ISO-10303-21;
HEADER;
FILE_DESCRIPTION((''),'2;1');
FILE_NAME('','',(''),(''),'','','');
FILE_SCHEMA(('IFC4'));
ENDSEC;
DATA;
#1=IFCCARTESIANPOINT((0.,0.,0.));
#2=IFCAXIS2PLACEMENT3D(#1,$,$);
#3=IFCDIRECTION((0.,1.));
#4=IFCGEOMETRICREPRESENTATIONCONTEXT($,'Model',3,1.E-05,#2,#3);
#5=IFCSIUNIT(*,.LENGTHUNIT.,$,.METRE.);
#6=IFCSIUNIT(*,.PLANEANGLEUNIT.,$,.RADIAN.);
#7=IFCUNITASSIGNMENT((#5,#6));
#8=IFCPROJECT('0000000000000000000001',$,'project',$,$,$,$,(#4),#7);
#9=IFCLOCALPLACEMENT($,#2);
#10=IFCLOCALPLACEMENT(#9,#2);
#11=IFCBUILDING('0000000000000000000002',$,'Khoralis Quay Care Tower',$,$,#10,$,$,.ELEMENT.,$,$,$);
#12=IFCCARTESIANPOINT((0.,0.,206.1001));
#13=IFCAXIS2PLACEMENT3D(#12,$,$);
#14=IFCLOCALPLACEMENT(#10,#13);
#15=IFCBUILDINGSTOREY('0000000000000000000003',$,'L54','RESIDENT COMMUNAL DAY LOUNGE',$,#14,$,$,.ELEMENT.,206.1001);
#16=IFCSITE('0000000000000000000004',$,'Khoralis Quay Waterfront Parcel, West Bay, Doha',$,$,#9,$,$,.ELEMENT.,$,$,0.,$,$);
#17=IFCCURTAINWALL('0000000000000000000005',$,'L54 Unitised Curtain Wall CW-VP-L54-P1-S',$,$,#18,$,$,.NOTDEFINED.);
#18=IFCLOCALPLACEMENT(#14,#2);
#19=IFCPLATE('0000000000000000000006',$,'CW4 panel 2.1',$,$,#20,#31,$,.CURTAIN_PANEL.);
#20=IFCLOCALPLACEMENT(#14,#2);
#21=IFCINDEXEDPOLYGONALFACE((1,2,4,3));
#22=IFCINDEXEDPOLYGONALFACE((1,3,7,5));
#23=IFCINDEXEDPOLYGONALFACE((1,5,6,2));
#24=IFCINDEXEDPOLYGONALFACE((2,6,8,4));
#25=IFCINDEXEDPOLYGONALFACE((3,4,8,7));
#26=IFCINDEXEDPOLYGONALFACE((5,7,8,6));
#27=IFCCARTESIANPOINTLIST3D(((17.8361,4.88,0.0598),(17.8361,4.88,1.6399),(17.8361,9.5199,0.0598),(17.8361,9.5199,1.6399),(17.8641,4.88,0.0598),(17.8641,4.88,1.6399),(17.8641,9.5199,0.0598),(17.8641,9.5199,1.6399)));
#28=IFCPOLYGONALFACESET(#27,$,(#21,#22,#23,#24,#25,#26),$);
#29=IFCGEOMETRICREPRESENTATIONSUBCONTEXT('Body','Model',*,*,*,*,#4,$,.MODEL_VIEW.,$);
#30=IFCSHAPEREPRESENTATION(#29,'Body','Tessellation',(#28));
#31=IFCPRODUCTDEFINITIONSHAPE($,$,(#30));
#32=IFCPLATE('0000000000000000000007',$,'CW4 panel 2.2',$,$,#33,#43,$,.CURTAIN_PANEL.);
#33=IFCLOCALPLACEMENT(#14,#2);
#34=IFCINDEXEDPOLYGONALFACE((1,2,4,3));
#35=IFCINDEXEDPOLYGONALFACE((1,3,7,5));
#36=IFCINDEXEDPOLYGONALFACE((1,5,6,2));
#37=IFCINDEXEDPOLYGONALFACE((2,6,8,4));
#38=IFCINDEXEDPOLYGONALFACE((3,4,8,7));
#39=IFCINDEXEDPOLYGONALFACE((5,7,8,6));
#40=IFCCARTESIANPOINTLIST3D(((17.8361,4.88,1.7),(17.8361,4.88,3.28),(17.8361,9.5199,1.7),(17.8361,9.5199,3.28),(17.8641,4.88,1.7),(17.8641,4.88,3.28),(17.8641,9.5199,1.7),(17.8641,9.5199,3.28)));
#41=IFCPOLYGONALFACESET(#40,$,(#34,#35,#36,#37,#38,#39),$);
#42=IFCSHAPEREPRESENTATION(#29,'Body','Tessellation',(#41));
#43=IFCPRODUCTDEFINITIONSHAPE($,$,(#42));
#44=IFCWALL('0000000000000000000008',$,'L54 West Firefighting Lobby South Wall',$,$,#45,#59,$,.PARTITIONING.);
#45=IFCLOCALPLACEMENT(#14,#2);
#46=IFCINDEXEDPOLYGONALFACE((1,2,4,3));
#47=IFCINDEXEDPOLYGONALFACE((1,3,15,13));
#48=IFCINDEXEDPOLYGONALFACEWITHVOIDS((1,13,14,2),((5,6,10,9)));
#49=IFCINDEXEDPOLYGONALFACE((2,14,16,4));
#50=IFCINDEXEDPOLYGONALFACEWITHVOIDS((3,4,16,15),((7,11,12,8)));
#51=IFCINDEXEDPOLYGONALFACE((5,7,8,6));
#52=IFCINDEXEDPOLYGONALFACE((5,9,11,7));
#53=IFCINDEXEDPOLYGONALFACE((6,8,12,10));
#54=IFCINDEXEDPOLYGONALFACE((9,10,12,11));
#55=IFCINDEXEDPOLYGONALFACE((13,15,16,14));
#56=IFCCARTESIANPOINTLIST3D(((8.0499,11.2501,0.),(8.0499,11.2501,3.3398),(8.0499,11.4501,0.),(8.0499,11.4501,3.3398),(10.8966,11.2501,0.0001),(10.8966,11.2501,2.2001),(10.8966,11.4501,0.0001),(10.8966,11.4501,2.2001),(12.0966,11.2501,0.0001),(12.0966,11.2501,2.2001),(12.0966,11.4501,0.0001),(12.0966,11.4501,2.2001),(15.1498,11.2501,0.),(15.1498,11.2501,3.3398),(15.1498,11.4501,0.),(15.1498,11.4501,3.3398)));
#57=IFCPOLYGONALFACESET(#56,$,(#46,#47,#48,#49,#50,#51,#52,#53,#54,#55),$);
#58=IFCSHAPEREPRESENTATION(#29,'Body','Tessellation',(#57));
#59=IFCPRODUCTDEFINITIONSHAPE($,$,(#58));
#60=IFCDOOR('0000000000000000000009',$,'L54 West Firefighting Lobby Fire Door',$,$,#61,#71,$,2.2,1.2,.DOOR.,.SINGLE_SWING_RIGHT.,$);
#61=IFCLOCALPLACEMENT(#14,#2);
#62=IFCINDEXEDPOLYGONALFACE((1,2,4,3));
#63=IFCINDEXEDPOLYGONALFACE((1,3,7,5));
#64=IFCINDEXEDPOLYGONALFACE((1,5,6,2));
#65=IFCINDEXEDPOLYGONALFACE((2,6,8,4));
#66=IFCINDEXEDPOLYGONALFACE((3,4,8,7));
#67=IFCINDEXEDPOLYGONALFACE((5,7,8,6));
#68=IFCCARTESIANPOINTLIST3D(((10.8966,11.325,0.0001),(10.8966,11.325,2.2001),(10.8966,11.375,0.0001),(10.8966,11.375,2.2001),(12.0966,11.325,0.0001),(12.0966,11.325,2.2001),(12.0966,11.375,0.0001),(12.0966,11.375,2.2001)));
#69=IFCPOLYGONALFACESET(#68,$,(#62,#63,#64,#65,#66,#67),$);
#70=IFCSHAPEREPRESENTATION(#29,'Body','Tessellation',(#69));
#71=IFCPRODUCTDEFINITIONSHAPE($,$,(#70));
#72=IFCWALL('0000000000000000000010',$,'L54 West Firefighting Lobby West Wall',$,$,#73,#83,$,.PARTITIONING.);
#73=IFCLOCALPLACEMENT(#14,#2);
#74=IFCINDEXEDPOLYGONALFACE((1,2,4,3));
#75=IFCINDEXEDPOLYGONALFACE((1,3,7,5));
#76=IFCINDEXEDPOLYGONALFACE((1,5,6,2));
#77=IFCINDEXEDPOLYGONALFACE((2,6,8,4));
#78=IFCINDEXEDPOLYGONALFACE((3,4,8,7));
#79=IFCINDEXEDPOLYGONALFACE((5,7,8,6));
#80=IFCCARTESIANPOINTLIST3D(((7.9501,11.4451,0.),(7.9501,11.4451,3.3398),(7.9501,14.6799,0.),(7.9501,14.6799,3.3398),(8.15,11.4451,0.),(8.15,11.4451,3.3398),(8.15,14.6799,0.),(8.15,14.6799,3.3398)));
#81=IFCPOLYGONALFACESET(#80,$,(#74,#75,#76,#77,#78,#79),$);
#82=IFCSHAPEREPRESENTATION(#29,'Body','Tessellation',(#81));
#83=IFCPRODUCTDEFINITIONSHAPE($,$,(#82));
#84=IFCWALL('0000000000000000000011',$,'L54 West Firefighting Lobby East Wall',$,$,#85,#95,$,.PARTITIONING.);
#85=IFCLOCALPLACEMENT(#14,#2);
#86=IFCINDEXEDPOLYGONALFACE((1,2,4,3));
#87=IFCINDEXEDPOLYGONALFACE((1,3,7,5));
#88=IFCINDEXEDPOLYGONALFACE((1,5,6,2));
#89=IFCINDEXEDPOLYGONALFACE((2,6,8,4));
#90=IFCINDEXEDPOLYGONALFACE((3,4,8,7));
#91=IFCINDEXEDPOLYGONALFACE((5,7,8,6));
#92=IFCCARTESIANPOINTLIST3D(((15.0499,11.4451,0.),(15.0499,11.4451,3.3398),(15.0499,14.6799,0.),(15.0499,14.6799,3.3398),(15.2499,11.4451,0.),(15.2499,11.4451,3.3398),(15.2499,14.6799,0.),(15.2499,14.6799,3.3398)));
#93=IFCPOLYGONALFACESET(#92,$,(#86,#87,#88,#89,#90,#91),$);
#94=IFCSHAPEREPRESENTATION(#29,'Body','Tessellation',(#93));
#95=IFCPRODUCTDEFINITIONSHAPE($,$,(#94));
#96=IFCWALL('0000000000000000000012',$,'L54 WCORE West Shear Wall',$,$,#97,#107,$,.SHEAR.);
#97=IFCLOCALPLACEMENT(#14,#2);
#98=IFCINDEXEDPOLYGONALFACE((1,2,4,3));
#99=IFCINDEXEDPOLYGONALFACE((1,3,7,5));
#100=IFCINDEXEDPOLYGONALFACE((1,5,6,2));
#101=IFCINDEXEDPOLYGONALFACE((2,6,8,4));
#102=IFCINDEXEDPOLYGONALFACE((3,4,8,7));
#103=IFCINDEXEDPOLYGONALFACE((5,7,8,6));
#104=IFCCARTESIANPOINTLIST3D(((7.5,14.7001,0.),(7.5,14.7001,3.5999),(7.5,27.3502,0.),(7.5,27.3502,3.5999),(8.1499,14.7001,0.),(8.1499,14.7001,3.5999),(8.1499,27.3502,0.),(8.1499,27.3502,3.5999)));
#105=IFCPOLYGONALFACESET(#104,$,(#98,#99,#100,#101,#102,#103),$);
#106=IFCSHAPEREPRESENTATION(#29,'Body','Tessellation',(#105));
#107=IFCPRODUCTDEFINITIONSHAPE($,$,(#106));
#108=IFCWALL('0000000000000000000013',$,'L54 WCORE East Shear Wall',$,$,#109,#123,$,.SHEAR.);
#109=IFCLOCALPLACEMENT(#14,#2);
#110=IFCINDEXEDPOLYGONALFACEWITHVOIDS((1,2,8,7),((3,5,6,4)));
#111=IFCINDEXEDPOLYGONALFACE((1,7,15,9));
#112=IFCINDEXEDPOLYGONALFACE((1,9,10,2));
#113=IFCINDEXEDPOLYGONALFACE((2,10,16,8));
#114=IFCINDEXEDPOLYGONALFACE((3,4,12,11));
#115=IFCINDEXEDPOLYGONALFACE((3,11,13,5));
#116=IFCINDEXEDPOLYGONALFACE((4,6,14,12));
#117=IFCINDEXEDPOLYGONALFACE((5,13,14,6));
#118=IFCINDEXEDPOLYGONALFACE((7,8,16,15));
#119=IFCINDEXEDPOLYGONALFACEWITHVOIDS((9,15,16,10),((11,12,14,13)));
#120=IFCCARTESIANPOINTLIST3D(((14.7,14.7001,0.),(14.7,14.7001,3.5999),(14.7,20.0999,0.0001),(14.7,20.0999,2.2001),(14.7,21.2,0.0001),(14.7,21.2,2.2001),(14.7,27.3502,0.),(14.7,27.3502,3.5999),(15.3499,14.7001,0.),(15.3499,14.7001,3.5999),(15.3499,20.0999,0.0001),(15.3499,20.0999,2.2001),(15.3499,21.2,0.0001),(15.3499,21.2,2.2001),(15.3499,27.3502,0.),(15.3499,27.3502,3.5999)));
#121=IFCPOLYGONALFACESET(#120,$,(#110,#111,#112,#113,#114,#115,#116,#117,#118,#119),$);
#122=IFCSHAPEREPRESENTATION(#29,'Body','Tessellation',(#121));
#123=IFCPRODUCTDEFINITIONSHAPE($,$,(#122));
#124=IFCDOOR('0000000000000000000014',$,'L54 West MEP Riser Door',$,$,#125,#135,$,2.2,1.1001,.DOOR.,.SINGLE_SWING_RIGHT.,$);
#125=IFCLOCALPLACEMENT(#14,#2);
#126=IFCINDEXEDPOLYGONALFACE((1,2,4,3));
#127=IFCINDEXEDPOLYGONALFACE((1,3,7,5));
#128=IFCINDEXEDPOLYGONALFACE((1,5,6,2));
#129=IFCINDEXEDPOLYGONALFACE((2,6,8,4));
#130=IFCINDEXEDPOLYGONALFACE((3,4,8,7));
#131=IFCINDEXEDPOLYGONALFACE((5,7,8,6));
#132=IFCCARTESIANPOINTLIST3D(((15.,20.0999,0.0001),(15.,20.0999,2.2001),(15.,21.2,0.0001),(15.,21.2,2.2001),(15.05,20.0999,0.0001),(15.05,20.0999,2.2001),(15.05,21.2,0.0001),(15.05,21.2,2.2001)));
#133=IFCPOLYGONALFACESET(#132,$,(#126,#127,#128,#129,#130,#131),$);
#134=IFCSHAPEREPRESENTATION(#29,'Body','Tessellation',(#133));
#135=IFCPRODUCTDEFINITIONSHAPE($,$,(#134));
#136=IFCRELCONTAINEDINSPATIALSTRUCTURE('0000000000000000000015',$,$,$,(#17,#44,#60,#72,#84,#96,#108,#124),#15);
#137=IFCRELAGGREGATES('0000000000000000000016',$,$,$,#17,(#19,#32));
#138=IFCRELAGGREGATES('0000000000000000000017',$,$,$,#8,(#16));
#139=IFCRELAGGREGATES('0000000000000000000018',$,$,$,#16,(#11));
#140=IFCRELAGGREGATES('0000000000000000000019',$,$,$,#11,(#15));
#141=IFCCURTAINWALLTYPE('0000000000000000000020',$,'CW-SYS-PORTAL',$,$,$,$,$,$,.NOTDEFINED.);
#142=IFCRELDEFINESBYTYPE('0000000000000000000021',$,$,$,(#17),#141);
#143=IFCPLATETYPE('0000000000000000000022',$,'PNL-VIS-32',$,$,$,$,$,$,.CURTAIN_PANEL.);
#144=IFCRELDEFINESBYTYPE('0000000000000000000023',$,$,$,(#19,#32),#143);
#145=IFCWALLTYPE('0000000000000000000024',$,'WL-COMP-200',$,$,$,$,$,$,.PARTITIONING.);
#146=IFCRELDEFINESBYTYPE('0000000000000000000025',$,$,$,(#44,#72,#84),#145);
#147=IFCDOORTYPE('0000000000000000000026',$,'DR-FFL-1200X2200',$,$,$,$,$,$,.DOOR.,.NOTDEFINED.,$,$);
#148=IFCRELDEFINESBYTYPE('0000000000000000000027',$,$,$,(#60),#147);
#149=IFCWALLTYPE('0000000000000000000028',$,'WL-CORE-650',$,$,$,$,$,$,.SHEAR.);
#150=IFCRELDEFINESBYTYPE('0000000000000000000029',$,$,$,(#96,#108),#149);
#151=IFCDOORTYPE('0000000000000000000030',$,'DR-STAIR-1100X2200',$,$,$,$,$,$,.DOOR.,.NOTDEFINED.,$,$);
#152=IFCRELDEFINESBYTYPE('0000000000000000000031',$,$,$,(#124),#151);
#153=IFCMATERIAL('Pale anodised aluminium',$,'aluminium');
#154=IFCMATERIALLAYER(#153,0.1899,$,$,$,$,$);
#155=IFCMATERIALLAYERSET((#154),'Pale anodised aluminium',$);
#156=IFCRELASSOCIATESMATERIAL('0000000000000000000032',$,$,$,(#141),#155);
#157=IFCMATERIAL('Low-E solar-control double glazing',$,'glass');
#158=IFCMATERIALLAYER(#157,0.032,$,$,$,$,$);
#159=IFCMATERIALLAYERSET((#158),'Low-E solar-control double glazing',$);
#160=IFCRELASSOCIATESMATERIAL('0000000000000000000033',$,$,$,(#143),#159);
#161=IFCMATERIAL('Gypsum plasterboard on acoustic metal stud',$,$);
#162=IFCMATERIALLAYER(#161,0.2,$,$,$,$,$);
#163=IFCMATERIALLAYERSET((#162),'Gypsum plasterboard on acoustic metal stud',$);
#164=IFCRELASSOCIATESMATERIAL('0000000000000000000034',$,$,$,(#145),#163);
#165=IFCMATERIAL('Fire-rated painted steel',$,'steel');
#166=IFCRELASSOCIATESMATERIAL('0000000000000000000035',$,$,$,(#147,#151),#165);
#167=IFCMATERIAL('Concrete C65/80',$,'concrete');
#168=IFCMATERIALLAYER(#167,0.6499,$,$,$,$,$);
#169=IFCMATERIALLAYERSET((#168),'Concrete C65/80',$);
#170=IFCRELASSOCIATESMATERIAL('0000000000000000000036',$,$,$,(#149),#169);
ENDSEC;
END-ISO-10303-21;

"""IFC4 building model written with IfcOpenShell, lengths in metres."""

from ifc_helpers import new_model, si_unit, direction, frame, frame_2d, origin, origin_2d, place, context, subcontext, project, spatial, rectangle, extrude, source, transform, mapped, material, layer, layer_set, type_object, element, fill, aggregate, save


model = new_model("IFC4")

# Units and contexts
model_context = context("Model", 3, precision=1e-05, world=origin(), true_north=direction((0.0, 1.0)))
body_context = subcontext(model_context, "Body", "Model", "MODEL_VIEW")
ifc_project = project(units=[si_unit("LENGTHUNIT", "METRE"), si_unit("PLANEANGLEUNIT", "RADIAN")], contexts=[model_context])

# Site, building, storey
site_placement = place(None, origin())
site = spatial("IfcSite", under=ifc_project, at=site_placement, Name="Khoralis Quay Waterfront Parcel, West Bay, Doha", CompositionType="ELEMENT", RefElevation=0.0)
building_placement = place(site_placement, origin())
building = spatial("IfcBuilding", under=site, at=building_placement, Name="Khoralis Quay Care Tower", CompositionType="ELEMENT")
storey_placement = place(building_placement, frame((0.0, 0.0, 206.1001)))
storey = spatial("IfcBuildingStorey", under=building, at=storey_placement, Name="L54", Description="RESIDENT COMMUNAL DAY LOUNGE", CompositionType="ELEMENT", Elevation=206.1001)

# Curtain wall, plates
ifc_material_1 = material(Name="Pale anodised aluminium", Category="aluminium")
ifc_layer_1 = layer(ifc_material_1, 0.1899)
ifc_layer_set_1 = layer_set([ifc_layer_1], Name="Pale anodised aluminium")
curtain_wall_type = type_object("IfcCurtainWallType", Name="CW-SYS-PORTAL", PredefinedType="NOTDEFINED", material=ifc_layer_set_1)
curtain_wall_placement = place(storey_placement, origin())
curtain_wall = element("IfcCurtainWall", 1, at=curtain_wall_placement, inside=storey, type_object=curtain_wall_type, Name="L54 Unitised Curtain Wall CW-VP-L54-P1-S", PredefinedType="NOTDEFINED")
ifc_material_2 = material(Name="Low-E solar-control double glazing", Category="glass")
ifc_layer_2 = layer(ifc_material_2, 0.032)
ifc_layer_set_2 = layer_set([ifc_layer_2], Name="Low-E solar-control double glazing")
plate_type = type_object("IfcPlateType", Name="PNL-VIS-32", PredefinedType="CURTAIN_PANEL", material=ifc_layer_set_2)
shared_shape_1 = source(origin(), body_context, "Body", "SweptSolid", [
    extrude(rectangle(XDim=4.6399, YDim=0.0281, at=origin_2d()), origin(), (0.0, 0.0, 1.0), 1.5801),
])
plate_1_placement = place(storey_placement, frame((17.8501, 7.2, 0.0598), z_axis=(0.0, 0.0, 1.0), x_axis=(0.0, 1.0, 0.0)))
plate_1 = element("IfcPlate", 2, at=plate_1_placement, type_object=plate_type, Name="CW4 panel 2.1", PredefinedType="CURTAIN_PANEL", context=body_context, shape_type="MappedRepresentation", body=[
    mapped(shared_shape_1, transform((0.0, 0.0, 0.0), scale=1.0)),
])
plate_2_placement = place(storey_placement, frame((17.8501, 7.2, 1.7), z_axis=(0.0, 0.0, 1.0), x_axis=(0.0, 1.0, 0.0)))
plate_2 = element("IfcPlate", 3, at=plate_2_placement, type_object=plate_type, Name="CW4 panel 2.2", PredefinedType="CURTAIN_PANEL", context=body_context, shape_type="MappedRepresentation", body=[
    mapped(shared_shape_1, transform((0.0, 0.0, 0.0), scale=1.0)),
])
aggregate(curtain_wall, [plate_1, plate_2])

# Wall, opening, door
ifc_material_3 = material(Name="Gypsum plasterboard on acoustic metal stud")
ifc_layer_3 = layer(ifc_material_3, 0.2)
ifc_layer_set_3 = layer_set([ifc_layer_3], Name="Gypsum plasterboard on acoustic metal stud")
wall_type_1 = type_object("IfcWallType", Name="WL-COMP-200", PredefinedType="PARTITIONING", material=ifc_layer_set_3)
wall_1_placement = place(storey_placement, frame((8.05, 11.3501, 0.0), z_axis=(0.0, 0.0, 1.0), x_axis=(1.0, 0.0, 0.0)))
wall_1 = element("IfcWall", 4, at=wall_1_placement, inside=storey, type_object=wall_type_1, Name="L54 West Firefighting Lobby South Wall", PredefinedType="PARTITIONING", context=body_context, shape_type="SweptSolid", body=[
    extrude(rectangle(XDim=7.0999, YDim=0.2, at=frame_2d((3.5498, 0.0))), origin(), (0.0, 0.0, 1.0), 3.3398),
])
opening_1_placement = place(wall_1_placement, frame((2.8464, 0.0, 0.0)))
opening_1 = element("IfcOpeningElement", 5, at=opening_1_placement, cuts=wall_1, PredefinedType="OPENING", context=body_context, shape_type="SweptSolid", body=[
    extrude(rectangle(XDim=1.2, YDim=2.2, at=frame_2d((0.6001, 1.1001))), frame((0.0, 0.1099, 0.0), z_axis=(0.0, -1.0, 0.0), x_axis=(1.0, 0.0, 0.0)), (0.0, 0.0, 1.0), 0.22),
])
ifc_material_4 = material(Name="Fire-rated painted steel", Category="steel")
door_type_1 = type_object("IfcDoorType", Name="DR-FFL-1200X2200", OperationType="NOTDEFINED", PredefinedType="DOOR", material=ifc_material_4)
shared_shape_2 = source(origin(), body_context, "Body", "SweptSolid", [
    extrude(rectangle(XDim=1.2, YDim=2.2, at=frame_2d((0.6001, 1.1001))), frame((0.0, 0.0249, 0.0), z_axis=(0.0, -1.0, 0.0), x_axis=(1.0, 0.0, 0.0)), (0.0, 0.0, 1.0), 0.05),
])
door_1_placement = place(opening_1_placement, origin())
door_1 = element("IfcDoor", 6, at=door_1_placement, inside=storey, type_object=door_type_1, Name="L54 West Firefighting Lobby Fire Door", OperationType="SINGLE_SWING_RIGHT", OverallHeight=2.2, OverallWidth=1.2, PredefinedType="DOOR", context=body_context, shape_type="MappedRepresentation", body=[
    mapped(shared_shape_2, transform((0.0, 0.0, 0.0), scale=1.0)),
])
fill(opening_1, door_1)

# Walls
for number, where, z_axis, x_axis, name in (
    (7, (8.05, 11.4451, 0.0), (0.0, 0.0, 1.0), (0.0, 1.0, 0.0), "L54 West Firefighting Lobby West Wall"),
    (8, (15.1499, 11.4451, 0.0), (0.0, 0.0, 1.0), (0.0, 1.0, 0.0), "L54 West Firefighting Lobby East Wall"),
):
    element("IfcWall", number, at=place(storey_placement, frame(where, z_axis=z_axis, x_axis=x_axis)), inside=storey, type_object=wall_type_1, Name=name, PredefinedType="PARTITIONING", context=body_context, shape_type="SweptSolid", body=[
        extrude(rectangle(XDim=3.2349, YDim=0.2, at=frame_2d((1.6174, 0.0))), origin(), (0.0, 0.0, 1.0), 3.3398),
    ])
ifc_material_5 = material(Name="Concrete C65/80", Category="concrete")
ifc_layer_4 = layer(ifc_material_5, 0.6499)
ifc_layer_set_4 = layer_set([ifc_layer_4], Name="Concrete C65/80")
wall_type_2 = type_object("IfcWallType", Name="WL-CORE-650", PredefinedType="SHEAR", material=ifc_layer_set_4)
wall_2_placement = place(storey_placement, frame((7.825, 14.7, 0.0), z_axis=(0.0, 0.0, 1.0), x_axis=(0.0, 1.0, 0.0)))
element("IfcWall", 9, at=wall_2_placement, inside=storey, type_object=wall_type_2, Name="L54 WCORE West Shear Wall", PredefinedType="SHEAR", context=body_context, shape_type="SweptSolid", body=[
    extrude(rectangle(XDim=12.6501, YDim=0.6499, at=frame_2d((6.3252, 0.0))), origin(), (0.0, 0.0, 1.0), 3.5999),
])

# Wall, opening, door
wall_3_placement = place(storey_placement, frame((15.0249, 14.7, 0.0), z_axis=(0.0, 0.0, 1.0), x_axis=(0.0, 1.0, 0.0)))
wall_3 = element("IfcWall", 10, at=wall_3_placement, inside=storey, type_object=wall_type_2, Name="L54 WCORE East Shear Wall", PredefinedType="SHEAR", context=body_context, shape_type="SweptSolid", body=[
    extrude(rectangle(XDim=12.6501, YDim=0.6499, at=frame_2d((6.3252, 0.0))), origin(), (0.0, 0.0, 1.0), 3.5999),
])
opening_2_placement = place(wall_3_placement, frame((5.3999, 0.0, 0.0)))
opening_2 = element("IfcOpeningElement", 11, at=opening_2_placement, cuts=wall_3, PredefinedType="OPENING", context=body_context, shape_type="SweptSolid", body=[
    extrude(rectangle(XDim=1.1001, YDim=2.2, at=frame_2d((0.55, 1.1001))), frame((0.0, 0.335, 0.0), z_axis=(0.0, -1.0, 0.0), x_axis=(1.0, 0.0, 0.0)), (0.0, 0.0, 1.0), 0.6699),
])
door_type_2 = type_object("IfcDoorType", Name="DR-STAIR-1100X2200", OperationType="NOTDEFINED", PredefinedType="DOOR", material=ifc_material_4)
shared_shape_3 = source(origin(), body_context, "Body", "SweptSolid", [
    extrude(rectangle(XDim=1.1001, YDim=2.2, at=frame_2d((0.55, 1.1001))), frame((0.0, 0.0249, 0.0), z_axis=(0.0, -1.0, 0.0), x_axis=(1.0, 0.0, 0.0)), (0.0, 0.0, 1.0), 0.05),
])
door_2_placement = place(opening_2_placement, origin())
door_2 = element("IfcDoor", 12, at=door_2_placement, inside=storey, type_object=door_type_2, Name="L54 West MEP Riser Door", OperationType="SINGLE_SWING_RIGHT", OverallHeight=2.2, OverallWidth=1.1001, PredefinedType="DOOR", context=body_context, shape_type="MappedRepresentation", body=[
    mapped(shared_shape_3, transform((0.0, 0.0, 0.0), scale=1.0)),
])
fill(opening_2, door_2)

save(model, "model.ifc")
